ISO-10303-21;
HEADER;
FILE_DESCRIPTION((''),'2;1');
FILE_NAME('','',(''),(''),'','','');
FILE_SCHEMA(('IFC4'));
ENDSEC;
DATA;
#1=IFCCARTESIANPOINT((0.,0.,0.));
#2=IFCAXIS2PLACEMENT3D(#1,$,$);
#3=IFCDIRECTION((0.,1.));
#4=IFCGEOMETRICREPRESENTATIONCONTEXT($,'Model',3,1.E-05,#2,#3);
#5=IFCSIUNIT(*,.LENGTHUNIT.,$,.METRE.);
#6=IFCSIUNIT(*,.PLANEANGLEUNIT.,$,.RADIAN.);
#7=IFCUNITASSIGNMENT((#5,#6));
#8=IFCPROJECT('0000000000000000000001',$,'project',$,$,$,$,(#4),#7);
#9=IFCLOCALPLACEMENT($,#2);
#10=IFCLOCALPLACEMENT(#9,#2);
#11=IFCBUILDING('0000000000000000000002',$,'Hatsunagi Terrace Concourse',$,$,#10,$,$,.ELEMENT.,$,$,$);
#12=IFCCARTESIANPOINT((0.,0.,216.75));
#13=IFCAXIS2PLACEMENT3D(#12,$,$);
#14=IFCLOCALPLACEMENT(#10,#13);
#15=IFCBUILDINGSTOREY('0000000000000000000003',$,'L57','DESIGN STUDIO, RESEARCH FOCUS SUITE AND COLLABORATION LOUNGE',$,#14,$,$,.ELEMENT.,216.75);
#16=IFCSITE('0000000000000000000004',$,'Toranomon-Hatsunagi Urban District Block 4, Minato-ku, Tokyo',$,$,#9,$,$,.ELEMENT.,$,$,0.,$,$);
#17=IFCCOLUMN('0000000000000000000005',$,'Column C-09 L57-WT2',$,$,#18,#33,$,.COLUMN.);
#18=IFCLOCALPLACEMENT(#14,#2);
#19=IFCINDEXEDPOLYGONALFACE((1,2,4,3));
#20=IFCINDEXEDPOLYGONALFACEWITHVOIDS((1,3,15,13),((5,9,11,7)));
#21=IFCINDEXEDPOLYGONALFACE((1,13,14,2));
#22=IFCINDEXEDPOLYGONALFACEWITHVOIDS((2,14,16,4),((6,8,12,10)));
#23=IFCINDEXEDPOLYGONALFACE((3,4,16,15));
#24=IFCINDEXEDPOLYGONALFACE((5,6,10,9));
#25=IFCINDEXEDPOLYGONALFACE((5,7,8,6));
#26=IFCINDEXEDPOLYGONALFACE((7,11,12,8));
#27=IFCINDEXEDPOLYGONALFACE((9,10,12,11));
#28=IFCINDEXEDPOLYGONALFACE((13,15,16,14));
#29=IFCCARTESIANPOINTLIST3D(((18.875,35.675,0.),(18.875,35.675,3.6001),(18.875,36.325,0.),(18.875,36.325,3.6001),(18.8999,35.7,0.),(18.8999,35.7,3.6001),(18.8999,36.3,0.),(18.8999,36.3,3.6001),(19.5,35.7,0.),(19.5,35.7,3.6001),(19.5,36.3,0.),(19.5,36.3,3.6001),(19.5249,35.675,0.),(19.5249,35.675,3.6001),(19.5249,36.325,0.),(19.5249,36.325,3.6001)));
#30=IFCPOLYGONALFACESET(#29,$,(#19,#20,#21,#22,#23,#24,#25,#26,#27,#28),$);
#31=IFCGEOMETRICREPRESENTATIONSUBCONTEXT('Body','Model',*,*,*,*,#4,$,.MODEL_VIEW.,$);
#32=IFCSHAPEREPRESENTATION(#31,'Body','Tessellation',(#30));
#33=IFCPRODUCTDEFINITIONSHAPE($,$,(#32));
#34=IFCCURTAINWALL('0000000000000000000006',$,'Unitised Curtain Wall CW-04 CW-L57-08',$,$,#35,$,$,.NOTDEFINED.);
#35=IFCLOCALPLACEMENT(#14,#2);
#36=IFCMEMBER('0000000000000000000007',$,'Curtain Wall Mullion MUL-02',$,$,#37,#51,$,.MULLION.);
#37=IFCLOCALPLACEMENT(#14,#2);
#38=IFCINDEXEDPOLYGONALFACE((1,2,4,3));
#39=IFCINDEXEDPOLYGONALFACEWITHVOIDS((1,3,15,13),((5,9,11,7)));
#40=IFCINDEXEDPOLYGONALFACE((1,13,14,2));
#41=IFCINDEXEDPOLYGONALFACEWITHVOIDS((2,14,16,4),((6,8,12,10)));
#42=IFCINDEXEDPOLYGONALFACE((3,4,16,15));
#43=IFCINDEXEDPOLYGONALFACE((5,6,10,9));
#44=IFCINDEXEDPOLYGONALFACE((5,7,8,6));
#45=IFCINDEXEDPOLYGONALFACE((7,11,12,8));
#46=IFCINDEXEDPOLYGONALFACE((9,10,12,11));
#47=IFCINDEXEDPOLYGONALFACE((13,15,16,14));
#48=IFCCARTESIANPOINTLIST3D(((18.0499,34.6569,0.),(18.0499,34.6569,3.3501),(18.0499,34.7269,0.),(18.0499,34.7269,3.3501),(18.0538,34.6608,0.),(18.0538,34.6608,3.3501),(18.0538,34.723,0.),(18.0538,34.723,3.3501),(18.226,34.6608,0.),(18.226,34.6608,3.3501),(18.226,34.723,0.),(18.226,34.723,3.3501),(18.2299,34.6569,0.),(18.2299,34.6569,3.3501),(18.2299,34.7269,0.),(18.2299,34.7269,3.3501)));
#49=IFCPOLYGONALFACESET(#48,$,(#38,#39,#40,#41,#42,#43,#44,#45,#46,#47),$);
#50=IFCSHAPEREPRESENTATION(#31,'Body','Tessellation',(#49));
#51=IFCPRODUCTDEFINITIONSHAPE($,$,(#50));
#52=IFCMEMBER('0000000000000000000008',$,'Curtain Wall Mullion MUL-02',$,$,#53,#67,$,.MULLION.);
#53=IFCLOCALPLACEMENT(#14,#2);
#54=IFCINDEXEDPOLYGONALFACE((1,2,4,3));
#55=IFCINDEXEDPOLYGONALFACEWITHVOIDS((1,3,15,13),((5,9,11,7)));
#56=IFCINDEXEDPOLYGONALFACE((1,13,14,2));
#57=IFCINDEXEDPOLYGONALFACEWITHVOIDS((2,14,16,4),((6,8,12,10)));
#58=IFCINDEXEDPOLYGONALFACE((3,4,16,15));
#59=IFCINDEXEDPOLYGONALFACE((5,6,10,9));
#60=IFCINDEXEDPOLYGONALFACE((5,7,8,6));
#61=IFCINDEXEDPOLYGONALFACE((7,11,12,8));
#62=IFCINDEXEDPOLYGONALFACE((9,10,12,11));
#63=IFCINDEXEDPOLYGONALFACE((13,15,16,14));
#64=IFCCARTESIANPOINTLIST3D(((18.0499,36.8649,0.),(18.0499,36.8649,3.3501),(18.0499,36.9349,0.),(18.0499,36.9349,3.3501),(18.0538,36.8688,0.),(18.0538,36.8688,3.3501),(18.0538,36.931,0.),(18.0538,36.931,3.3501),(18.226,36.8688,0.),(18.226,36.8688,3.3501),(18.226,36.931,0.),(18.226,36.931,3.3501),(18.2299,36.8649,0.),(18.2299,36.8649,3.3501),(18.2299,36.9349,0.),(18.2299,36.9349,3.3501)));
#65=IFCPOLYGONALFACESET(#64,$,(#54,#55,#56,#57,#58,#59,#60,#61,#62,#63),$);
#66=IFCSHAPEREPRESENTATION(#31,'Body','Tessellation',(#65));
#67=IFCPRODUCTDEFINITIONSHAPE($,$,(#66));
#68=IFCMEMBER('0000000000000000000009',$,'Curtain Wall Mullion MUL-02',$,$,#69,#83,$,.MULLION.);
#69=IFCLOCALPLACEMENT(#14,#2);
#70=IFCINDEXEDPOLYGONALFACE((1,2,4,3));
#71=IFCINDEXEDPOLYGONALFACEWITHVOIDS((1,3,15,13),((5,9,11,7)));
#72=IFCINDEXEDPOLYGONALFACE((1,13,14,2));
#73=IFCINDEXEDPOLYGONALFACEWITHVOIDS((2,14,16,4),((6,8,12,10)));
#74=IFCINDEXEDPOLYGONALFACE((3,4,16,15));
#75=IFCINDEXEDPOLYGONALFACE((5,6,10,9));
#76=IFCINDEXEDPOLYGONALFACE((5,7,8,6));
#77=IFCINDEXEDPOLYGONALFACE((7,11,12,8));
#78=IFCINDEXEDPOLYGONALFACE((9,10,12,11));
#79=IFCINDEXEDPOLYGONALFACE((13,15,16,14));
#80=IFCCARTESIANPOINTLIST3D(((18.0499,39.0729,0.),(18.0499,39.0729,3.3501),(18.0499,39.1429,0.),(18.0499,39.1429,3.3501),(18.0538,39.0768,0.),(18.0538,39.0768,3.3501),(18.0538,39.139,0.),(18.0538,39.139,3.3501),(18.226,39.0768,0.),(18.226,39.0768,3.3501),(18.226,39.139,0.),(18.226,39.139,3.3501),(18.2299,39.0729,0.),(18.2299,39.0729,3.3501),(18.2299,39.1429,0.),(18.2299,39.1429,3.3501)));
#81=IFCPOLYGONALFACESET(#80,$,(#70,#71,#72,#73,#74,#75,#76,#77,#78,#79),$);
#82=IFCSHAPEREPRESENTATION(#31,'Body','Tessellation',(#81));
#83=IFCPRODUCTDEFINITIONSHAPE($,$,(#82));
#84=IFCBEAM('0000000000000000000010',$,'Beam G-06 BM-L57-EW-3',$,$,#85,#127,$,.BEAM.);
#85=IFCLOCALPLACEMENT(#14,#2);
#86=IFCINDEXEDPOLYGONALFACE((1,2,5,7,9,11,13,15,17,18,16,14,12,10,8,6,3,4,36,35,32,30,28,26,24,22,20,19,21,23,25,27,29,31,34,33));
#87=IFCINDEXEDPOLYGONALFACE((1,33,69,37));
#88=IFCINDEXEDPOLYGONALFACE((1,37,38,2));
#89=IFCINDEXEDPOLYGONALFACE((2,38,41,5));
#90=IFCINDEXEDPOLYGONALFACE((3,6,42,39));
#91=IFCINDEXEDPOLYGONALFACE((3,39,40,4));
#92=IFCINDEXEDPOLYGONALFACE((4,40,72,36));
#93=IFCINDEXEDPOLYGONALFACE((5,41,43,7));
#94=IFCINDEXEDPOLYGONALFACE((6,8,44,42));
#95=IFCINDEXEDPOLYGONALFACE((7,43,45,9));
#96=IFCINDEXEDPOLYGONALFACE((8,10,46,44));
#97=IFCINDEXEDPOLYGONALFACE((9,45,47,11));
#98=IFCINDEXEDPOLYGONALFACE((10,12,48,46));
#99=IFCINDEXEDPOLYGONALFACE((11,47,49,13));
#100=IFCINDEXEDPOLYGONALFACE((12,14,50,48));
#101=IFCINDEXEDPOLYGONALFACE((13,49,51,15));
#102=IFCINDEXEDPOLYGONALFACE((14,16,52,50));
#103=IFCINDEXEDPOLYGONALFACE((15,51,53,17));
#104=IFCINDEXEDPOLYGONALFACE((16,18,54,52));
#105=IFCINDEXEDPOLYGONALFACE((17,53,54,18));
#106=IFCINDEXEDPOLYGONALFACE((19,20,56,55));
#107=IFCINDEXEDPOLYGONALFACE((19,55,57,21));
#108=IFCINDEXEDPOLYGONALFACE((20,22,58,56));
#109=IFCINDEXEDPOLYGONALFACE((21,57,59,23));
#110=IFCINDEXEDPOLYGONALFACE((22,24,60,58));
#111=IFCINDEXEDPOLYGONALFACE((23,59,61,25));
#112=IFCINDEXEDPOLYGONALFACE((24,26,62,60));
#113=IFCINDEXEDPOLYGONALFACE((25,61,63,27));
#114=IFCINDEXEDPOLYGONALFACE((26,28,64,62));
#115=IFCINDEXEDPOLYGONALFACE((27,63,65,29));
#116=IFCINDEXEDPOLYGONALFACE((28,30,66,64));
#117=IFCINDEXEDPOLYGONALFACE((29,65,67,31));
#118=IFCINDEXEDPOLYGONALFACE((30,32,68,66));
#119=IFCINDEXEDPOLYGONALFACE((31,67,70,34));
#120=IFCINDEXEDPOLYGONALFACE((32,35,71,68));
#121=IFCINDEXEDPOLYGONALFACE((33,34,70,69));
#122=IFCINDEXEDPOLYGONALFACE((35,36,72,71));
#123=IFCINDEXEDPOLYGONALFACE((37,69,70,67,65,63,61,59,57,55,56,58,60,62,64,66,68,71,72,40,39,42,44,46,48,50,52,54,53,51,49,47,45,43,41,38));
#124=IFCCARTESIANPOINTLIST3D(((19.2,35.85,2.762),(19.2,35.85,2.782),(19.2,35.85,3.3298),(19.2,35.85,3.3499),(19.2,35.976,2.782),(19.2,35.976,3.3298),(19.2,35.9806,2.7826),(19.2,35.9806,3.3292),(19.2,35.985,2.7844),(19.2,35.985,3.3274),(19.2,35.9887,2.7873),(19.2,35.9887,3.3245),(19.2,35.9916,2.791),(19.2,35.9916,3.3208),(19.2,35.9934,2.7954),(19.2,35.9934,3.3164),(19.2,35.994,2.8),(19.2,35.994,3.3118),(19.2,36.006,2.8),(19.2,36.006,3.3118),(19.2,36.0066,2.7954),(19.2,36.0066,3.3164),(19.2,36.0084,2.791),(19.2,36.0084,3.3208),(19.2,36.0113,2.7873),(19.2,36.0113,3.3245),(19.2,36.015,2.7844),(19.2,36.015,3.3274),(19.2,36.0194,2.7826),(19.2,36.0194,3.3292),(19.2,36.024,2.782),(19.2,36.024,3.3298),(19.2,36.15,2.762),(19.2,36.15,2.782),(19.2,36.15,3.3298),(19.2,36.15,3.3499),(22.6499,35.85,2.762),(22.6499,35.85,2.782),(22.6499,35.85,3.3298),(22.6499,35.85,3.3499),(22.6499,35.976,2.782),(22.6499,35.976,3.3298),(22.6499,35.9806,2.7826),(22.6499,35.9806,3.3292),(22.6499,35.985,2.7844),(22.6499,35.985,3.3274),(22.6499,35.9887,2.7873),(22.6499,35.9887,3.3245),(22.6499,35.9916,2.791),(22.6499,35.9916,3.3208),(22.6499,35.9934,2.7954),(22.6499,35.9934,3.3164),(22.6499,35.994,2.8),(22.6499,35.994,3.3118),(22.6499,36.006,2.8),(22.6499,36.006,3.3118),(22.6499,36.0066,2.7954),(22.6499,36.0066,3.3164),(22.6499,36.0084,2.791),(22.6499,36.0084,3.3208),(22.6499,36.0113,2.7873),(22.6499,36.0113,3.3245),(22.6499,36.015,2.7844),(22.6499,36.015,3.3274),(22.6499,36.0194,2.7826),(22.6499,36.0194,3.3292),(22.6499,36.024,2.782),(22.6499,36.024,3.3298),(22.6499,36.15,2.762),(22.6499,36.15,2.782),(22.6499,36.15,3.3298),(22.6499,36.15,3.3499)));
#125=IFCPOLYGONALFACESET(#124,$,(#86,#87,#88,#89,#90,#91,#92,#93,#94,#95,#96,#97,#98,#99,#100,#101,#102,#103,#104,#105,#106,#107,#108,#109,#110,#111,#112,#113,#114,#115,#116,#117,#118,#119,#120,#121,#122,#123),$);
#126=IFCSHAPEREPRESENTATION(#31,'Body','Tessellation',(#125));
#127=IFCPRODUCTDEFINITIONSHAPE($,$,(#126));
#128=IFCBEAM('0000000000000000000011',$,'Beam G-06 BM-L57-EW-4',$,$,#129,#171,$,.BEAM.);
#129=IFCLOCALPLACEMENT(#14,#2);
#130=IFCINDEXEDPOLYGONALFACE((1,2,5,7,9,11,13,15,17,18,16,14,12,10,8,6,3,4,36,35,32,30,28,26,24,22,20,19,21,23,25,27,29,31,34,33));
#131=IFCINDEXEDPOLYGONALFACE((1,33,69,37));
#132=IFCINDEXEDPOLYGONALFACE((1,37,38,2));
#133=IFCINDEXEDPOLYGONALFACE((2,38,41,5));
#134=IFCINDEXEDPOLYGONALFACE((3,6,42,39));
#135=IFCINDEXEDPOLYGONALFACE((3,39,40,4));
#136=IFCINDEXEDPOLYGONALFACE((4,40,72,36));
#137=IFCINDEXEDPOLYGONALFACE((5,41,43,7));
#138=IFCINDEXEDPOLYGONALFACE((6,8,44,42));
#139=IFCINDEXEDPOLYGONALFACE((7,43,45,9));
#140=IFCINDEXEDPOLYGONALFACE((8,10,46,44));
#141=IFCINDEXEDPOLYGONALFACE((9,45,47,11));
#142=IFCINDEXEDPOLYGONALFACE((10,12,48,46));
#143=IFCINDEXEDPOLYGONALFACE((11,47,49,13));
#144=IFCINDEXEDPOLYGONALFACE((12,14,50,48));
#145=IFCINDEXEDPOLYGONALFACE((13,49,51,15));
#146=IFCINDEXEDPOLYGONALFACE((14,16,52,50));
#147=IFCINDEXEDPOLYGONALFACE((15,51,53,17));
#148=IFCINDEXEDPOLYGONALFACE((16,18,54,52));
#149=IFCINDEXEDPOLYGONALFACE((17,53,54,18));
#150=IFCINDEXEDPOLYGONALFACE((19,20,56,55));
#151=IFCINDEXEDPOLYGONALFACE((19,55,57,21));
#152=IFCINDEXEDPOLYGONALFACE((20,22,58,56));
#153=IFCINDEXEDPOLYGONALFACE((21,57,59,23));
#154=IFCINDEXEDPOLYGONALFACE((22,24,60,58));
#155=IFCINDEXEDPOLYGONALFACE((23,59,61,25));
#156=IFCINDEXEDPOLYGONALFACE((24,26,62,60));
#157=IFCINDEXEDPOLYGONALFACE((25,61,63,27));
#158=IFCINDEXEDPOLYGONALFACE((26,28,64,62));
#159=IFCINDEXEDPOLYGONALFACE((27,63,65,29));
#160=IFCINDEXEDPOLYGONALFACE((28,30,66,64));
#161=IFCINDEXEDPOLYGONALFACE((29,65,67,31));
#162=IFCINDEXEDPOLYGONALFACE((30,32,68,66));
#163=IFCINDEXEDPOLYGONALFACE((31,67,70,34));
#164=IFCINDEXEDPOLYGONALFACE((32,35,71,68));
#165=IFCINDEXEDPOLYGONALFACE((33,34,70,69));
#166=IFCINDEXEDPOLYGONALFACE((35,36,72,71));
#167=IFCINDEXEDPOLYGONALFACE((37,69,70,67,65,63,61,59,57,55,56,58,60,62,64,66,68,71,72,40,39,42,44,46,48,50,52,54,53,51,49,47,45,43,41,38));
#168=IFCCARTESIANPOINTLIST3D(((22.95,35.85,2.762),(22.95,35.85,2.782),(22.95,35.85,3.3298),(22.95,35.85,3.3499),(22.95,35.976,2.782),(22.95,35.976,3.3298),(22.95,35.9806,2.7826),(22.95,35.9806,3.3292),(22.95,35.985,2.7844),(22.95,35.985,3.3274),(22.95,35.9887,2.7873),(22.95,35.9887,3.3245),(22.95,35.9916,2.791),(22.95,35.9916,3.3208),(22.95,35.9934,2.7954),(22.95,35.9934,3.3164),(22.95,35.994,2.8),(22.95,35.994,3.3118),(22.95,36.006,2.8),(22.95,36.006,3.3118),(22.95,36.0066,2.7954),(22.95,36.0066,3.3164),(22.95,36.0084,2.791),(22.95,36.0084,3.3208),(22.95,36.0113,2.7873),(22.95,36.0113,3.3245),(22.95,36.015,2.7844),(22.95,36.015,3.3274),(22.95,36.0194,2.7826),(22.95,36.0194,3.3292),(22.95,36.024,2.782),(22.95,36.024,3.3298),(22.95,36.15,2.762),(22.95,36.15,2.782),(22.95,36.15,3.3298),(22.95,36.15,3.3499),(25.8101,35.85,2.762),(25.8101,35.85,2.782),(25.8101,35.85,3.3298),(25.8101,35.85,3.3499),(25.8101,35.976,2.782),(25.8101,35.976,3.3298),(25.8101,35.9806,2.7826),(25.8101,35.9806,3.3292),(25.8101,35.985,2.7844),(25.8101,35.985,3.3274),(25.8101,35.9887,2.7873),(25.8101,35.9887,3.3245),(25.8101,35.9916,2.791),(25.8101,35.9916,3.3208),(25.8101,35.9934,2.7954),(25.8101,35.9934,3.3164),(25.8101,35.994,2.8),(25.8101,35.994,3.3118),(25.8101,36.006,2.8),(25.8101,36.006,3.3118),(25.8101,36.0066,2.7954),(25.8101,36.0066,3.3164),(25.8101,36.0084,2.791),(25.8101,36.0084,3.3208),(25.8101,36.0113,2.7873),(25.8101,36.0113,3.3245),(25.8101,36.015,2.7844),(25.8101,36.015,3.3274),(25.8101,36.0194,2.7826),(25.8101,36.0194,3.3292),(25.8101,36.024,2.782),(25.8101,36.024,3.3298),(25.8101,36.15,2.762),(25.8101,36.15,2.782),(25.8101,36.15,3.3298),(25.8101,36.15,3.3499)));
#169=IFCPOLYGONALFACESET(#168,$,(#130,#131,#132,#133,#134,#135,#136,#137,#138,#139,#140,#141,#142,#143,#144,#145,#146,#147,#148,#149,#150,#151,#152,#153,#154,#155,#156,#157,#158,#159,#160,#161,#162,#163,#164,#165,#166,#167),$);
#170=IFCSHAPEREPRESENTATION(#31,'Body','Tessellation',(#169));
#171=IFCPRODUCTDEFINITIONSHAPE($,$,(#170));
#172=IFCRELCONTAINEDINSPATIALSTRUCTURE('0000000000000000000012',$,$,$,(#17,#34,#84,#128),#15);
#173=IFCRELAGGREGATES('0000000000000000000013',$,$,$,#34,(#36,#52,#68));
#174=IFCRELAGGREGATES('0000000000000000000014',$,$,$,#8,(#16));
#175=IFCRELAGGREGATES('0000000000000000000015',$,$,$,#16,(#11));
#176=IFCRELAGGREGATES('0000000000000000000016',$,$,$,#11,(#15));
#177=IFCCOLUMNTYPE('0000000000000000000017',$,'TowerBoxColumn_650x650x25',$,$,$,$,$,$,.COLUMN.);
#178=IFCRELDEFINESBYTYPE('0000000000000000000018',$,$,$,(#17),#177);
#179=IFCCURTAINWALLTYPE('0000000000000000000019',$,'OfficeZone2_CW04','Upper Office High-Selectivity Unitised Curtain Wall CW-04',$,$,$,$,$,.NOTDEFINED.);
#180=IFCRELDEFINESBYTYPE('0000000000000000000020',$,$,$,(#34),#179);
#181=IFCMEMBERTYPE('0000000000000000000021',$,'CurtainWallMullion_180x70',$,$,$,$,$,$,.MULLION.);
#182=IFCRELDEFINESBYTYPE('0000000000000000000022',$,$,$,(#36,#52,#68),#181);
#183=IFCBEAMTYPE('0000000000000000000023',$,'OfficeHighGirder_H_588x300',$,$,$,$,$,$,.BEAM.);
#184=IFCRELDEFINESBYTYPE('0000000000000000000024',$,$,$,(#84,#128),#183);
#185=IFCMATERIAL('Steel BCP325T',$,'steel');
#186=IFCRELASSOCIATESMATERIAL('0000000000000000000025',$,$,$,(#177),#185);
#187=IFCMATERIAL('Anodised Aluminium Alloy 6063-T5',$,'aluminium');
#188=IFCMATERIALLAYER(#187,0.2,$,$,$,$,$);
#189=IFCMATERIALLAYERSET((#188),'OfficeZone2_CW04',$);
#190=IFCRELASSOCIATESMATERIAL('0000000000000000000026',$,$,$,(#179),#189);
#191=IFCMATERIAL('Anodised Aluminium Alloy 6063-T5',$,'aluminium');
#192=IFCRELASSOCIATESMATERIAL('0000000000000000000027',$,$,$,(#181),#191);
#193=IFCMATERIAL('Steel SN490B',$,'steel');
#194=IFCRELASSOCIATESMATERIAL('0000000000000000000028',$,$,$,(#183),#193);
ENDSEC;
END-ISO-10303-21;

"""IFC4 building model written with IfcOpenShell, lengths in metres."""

from ifc_helpers import new_model, si_unit, direction, frame, origin, origin_2d, place, context, subcontext, project, spatial, hollow_rectangle, i_section, extrude, material, layer, layer_set, material_profile, profile_set, type_object, element, aggregate, save


model = new_model("IFC4")

# Units and contexts
model_context = context("Model", 3, precision=1e-05, world=origin(), true_north=direction((0.0, 1.0)))
body_context = subcontext(model_context, "Body", "Model", "MODEL_VIEW")
ifc_project = project(units=[si_unit("LENGTHUNIT", "METRE"), si_unit("PLANEANGLEUNIT", "RADIAN")], contexts=[model_context])

# Site, building, storey
site_placement = place(None, origin())
site = spatial("IfcSite", under=ifc_project, at=site_placement, Name="Toranomon-Hatsunagi Urban District Block 4, Minato-ku, Tokyo", CompositionType="ELEMENT", RefElevation=0.0)
building_placement = place(site_placement, origin())
building = spatial("IfcBuilding", under=site, at=building_placement, Name="Hatsunagi Terrace Concourse", CompositionType="ELEMENT")
storey_placement = place(building_placement, frame((0.0, 0.0, 216.75)))
storey = spatial("IfcBuildingStorey", under=building, at=storey_placement, Name="L57", Description="DESIGN STUDIO, RESEARCH FOCUS SUITE AND COLLABORATION LOUNGE", CompositionType="ELEMENT", Elevation=216.75)

# Column
ifc_material_1 = material(Name="Steel BCP325T", Category="steel")
ifc_material_profile_1 = material_profile(ifc_material_1, hollow_rectangle(XDim=0.6499, YDim=0.6499, WallThickness=0.0249, at=origin_2d()), Name="BCP-650x650x25")
ifc_profile_set_1 = profile_set([ifc_material_profile_1], Name="Steel BCP325T")
column_type = type_object("IfcColumnType", Name="TowerBoxColumn_650x650x25", PredefinedType="COLUMN", material=ifc_profile_set_1)
column_placement = place(storey_placement, frame((19.2, 36.0, 0.0), z_axis=(0.0, 0.0, 1.0), x_axis=(1.0, 0.0, 0.0)))
element("IfcColumn", 1, at=column_placement, inside=storey, type_object=column_type, Name="Column C-09 L57-WT2", PredefinedType="COLUMN", context=body_context, shape_type="SweptSolid", body=[
    extrude(hollow_rectangle(XDim=0.6499, YDim=0.6499, WallThickness=0.0249, at=origin_2d()), origin(), (0.0, 0.0, 1.0), 3.6001),
])

# Curtain wall, members
ifc_material_2 = material(Name="Anodised Aluminium Alloy 6063-T5", Category="aluminium")
ifc_layer_1 = layer(ifc_material_2, 0.2)
ifc_layer_set_1 = layer_set([ifc_layer_1], Name="OfficeZone2_CW04")
curtain_wall_type = type_object("IfcCurtainWallType", Name="OfficeZone2_CW04", Description="Upper Office High-Selectivity Unitised Curtain Wall CW-04", PredefinedType="NOTDEFINED", material=ifc_layer_set_1)
curtain_wall_placement = place(storey_placement, origin())
curtain_wall = element("IfcCurtainWall", 2, at=curtain_wall_placement, inside=storey, type_object=curtain_wall_type, Name="Unitised Curtain Wall CW-04 CW-L57-08", PredefinedType="NOTDEFINED")
ifc_material_3 = material(Name="Anodised Aluminium Alloy 6063-T5", Category="aluminium")
ifc_material_profile_2 = material_profile(ifc_material_3, hollow_rectangle(XDim=0.0701, YDim=0.1799, WallThickness=0.0039, at=origin_2d()), Name="ALU-MUL-180x70x4")
ifc_profile_set_2 = profile_set([ifc_material_profile_2], Name="Anodised Aluminium Alloy 6063-T5")
member_type = type_object("IfcMemberType", Name="CurtainWallMullion_180x70", PredefinedType="MULLION", material=ifc_profile_set_2)
member_1_placement = place(storey_placement, frame((18.1399, 34.6919, 0.0), z_axis=(0.0, 0.0, 1.0), x_axis=(0.0, 1.0, 0.0)))
member_1 = element("IfcMember", 3, at=member_1_placement, type_object=member_type, Name="Curtain Wall Mullion MUL-02", PredefinedType="MULLION", context=body_context, shape_type="SweptSolid", body=[
    extrude(hollow_rectangle(XDim=0.0701, YDim=0.1799, WallThickness=0.0039, at=origin_2d()), origin(), (0.0, 0.0, 1.0), 3.3501),
])
member_2_placement = place(storey_placement, frame((18.1399, 36.8999, 0.0), z_axis=(0.0, 0.0, 1.0), x_axis=(0.0, 1.0, 0.0)))
member_2 = element("IfcMember", 4, at=member_2_placement, type_object=member_type, Name="Curtain Wall Mullion MUL-02", PredefinedType="MULLION", context=body_context, shape_type="SweptSolid", body=[
    extrude(hollow_rectangle(XDim=0.0701, YDim=0.1799, WallThickness=0.0039, at=origin_2d()), origin(), (0.0, 0.0, 1.0), 3.3501),
])
member_3_placement = place(storey_placement, frame((18.1399, 39.1079, 0.0), z_axis=(0.0, 0.0, 1.0), x_axis=(0.0, 1.0, 0.0)))
member_3 = element("IfcMember", 5, at=member_3_placement, type_object=member_type, Name="Curtain Wall Mullion MUL-02", PredefinedType="MULLION", context=body_context, shape_type="SweptSolid", body=[
    extrude(hollow_rectangle(XDim=0.0701, YDim=0.1799, WallThickness=0.0039, at=origin_2d()), origin(), (0.0, 0.0, 1.0), 3.3501),
])

# Beams
ifc_material_4 = material(Name="Steel SN490B", Category="steel")
ifc_material_profile_3 = material_profile(ifc_material_4, i_section(OverallWidth=0.3, OverallDepth=0.5879, WebThickness=0.012, FlangeThickness=0.02, FilletRadius=0.0181, at=origin_2d()), Name="H-588x300x12x20")
ifc_profile_set_3 = profile_set([ifc_material_profile_3], Name="Steel SN490B")
beam_type_1 = type_object("IfcBeamType", Name="OfficeHighGirder_H_588x300", PredefinedType="BEAM", material=ifc_profile_set_3)
beam_1_placement = place(storey_placement, frame((19.2, 36.0, 3.0559), z_axis=(1.0, 0.0, 0.0), x_axis=(0.0, 1.0, 0.0)))
element("IfcBeam", 6, at=beam_1_placement, inside=storey, type_object=beam_type_1, Name="Beam G-06 BM-L57-EW-3", PredefinedType="BEAM", context=body_context, shape_type="SweptSolid", body=[
    extrude(i_section(OverallWidth=0.3, OverallDepth=0.5879, WebThickness=0.012, FlangeThickness=0.02, FilletRadius=0.0181, at=origin_2d()), origin(), (0.0, 0.0, 1.0), 3.45),
])
beam_2_placement = place(storey_placement, frame((22.95, 36.0, 3.0559), z_axis=(1.0, 0.0, 0.0), x_axis=(0.0, 1.0, 0.0)))
element("IfcBeam", 7, at=beam_2_placement, inside=storey, type_object=beam_type_1, Name="Beam G-06 BM-L57-EW-4", PredefinedType="BEAM", context=body_context, shape_type="SweptSolid", body=[
    extrude(i_section(OverallWidth=0.3, OverallDepth=0.5879, WebThickness=0.012, FlangeThickness=0.02, FilletRadius=0.0181, at=origin_2d()), origin(), (0.0, 0.0, 1.0), 2.8601),
])

aggregate(curtain_wall, [member_1, member_2, member_3])

save(model, "model.ifc")
